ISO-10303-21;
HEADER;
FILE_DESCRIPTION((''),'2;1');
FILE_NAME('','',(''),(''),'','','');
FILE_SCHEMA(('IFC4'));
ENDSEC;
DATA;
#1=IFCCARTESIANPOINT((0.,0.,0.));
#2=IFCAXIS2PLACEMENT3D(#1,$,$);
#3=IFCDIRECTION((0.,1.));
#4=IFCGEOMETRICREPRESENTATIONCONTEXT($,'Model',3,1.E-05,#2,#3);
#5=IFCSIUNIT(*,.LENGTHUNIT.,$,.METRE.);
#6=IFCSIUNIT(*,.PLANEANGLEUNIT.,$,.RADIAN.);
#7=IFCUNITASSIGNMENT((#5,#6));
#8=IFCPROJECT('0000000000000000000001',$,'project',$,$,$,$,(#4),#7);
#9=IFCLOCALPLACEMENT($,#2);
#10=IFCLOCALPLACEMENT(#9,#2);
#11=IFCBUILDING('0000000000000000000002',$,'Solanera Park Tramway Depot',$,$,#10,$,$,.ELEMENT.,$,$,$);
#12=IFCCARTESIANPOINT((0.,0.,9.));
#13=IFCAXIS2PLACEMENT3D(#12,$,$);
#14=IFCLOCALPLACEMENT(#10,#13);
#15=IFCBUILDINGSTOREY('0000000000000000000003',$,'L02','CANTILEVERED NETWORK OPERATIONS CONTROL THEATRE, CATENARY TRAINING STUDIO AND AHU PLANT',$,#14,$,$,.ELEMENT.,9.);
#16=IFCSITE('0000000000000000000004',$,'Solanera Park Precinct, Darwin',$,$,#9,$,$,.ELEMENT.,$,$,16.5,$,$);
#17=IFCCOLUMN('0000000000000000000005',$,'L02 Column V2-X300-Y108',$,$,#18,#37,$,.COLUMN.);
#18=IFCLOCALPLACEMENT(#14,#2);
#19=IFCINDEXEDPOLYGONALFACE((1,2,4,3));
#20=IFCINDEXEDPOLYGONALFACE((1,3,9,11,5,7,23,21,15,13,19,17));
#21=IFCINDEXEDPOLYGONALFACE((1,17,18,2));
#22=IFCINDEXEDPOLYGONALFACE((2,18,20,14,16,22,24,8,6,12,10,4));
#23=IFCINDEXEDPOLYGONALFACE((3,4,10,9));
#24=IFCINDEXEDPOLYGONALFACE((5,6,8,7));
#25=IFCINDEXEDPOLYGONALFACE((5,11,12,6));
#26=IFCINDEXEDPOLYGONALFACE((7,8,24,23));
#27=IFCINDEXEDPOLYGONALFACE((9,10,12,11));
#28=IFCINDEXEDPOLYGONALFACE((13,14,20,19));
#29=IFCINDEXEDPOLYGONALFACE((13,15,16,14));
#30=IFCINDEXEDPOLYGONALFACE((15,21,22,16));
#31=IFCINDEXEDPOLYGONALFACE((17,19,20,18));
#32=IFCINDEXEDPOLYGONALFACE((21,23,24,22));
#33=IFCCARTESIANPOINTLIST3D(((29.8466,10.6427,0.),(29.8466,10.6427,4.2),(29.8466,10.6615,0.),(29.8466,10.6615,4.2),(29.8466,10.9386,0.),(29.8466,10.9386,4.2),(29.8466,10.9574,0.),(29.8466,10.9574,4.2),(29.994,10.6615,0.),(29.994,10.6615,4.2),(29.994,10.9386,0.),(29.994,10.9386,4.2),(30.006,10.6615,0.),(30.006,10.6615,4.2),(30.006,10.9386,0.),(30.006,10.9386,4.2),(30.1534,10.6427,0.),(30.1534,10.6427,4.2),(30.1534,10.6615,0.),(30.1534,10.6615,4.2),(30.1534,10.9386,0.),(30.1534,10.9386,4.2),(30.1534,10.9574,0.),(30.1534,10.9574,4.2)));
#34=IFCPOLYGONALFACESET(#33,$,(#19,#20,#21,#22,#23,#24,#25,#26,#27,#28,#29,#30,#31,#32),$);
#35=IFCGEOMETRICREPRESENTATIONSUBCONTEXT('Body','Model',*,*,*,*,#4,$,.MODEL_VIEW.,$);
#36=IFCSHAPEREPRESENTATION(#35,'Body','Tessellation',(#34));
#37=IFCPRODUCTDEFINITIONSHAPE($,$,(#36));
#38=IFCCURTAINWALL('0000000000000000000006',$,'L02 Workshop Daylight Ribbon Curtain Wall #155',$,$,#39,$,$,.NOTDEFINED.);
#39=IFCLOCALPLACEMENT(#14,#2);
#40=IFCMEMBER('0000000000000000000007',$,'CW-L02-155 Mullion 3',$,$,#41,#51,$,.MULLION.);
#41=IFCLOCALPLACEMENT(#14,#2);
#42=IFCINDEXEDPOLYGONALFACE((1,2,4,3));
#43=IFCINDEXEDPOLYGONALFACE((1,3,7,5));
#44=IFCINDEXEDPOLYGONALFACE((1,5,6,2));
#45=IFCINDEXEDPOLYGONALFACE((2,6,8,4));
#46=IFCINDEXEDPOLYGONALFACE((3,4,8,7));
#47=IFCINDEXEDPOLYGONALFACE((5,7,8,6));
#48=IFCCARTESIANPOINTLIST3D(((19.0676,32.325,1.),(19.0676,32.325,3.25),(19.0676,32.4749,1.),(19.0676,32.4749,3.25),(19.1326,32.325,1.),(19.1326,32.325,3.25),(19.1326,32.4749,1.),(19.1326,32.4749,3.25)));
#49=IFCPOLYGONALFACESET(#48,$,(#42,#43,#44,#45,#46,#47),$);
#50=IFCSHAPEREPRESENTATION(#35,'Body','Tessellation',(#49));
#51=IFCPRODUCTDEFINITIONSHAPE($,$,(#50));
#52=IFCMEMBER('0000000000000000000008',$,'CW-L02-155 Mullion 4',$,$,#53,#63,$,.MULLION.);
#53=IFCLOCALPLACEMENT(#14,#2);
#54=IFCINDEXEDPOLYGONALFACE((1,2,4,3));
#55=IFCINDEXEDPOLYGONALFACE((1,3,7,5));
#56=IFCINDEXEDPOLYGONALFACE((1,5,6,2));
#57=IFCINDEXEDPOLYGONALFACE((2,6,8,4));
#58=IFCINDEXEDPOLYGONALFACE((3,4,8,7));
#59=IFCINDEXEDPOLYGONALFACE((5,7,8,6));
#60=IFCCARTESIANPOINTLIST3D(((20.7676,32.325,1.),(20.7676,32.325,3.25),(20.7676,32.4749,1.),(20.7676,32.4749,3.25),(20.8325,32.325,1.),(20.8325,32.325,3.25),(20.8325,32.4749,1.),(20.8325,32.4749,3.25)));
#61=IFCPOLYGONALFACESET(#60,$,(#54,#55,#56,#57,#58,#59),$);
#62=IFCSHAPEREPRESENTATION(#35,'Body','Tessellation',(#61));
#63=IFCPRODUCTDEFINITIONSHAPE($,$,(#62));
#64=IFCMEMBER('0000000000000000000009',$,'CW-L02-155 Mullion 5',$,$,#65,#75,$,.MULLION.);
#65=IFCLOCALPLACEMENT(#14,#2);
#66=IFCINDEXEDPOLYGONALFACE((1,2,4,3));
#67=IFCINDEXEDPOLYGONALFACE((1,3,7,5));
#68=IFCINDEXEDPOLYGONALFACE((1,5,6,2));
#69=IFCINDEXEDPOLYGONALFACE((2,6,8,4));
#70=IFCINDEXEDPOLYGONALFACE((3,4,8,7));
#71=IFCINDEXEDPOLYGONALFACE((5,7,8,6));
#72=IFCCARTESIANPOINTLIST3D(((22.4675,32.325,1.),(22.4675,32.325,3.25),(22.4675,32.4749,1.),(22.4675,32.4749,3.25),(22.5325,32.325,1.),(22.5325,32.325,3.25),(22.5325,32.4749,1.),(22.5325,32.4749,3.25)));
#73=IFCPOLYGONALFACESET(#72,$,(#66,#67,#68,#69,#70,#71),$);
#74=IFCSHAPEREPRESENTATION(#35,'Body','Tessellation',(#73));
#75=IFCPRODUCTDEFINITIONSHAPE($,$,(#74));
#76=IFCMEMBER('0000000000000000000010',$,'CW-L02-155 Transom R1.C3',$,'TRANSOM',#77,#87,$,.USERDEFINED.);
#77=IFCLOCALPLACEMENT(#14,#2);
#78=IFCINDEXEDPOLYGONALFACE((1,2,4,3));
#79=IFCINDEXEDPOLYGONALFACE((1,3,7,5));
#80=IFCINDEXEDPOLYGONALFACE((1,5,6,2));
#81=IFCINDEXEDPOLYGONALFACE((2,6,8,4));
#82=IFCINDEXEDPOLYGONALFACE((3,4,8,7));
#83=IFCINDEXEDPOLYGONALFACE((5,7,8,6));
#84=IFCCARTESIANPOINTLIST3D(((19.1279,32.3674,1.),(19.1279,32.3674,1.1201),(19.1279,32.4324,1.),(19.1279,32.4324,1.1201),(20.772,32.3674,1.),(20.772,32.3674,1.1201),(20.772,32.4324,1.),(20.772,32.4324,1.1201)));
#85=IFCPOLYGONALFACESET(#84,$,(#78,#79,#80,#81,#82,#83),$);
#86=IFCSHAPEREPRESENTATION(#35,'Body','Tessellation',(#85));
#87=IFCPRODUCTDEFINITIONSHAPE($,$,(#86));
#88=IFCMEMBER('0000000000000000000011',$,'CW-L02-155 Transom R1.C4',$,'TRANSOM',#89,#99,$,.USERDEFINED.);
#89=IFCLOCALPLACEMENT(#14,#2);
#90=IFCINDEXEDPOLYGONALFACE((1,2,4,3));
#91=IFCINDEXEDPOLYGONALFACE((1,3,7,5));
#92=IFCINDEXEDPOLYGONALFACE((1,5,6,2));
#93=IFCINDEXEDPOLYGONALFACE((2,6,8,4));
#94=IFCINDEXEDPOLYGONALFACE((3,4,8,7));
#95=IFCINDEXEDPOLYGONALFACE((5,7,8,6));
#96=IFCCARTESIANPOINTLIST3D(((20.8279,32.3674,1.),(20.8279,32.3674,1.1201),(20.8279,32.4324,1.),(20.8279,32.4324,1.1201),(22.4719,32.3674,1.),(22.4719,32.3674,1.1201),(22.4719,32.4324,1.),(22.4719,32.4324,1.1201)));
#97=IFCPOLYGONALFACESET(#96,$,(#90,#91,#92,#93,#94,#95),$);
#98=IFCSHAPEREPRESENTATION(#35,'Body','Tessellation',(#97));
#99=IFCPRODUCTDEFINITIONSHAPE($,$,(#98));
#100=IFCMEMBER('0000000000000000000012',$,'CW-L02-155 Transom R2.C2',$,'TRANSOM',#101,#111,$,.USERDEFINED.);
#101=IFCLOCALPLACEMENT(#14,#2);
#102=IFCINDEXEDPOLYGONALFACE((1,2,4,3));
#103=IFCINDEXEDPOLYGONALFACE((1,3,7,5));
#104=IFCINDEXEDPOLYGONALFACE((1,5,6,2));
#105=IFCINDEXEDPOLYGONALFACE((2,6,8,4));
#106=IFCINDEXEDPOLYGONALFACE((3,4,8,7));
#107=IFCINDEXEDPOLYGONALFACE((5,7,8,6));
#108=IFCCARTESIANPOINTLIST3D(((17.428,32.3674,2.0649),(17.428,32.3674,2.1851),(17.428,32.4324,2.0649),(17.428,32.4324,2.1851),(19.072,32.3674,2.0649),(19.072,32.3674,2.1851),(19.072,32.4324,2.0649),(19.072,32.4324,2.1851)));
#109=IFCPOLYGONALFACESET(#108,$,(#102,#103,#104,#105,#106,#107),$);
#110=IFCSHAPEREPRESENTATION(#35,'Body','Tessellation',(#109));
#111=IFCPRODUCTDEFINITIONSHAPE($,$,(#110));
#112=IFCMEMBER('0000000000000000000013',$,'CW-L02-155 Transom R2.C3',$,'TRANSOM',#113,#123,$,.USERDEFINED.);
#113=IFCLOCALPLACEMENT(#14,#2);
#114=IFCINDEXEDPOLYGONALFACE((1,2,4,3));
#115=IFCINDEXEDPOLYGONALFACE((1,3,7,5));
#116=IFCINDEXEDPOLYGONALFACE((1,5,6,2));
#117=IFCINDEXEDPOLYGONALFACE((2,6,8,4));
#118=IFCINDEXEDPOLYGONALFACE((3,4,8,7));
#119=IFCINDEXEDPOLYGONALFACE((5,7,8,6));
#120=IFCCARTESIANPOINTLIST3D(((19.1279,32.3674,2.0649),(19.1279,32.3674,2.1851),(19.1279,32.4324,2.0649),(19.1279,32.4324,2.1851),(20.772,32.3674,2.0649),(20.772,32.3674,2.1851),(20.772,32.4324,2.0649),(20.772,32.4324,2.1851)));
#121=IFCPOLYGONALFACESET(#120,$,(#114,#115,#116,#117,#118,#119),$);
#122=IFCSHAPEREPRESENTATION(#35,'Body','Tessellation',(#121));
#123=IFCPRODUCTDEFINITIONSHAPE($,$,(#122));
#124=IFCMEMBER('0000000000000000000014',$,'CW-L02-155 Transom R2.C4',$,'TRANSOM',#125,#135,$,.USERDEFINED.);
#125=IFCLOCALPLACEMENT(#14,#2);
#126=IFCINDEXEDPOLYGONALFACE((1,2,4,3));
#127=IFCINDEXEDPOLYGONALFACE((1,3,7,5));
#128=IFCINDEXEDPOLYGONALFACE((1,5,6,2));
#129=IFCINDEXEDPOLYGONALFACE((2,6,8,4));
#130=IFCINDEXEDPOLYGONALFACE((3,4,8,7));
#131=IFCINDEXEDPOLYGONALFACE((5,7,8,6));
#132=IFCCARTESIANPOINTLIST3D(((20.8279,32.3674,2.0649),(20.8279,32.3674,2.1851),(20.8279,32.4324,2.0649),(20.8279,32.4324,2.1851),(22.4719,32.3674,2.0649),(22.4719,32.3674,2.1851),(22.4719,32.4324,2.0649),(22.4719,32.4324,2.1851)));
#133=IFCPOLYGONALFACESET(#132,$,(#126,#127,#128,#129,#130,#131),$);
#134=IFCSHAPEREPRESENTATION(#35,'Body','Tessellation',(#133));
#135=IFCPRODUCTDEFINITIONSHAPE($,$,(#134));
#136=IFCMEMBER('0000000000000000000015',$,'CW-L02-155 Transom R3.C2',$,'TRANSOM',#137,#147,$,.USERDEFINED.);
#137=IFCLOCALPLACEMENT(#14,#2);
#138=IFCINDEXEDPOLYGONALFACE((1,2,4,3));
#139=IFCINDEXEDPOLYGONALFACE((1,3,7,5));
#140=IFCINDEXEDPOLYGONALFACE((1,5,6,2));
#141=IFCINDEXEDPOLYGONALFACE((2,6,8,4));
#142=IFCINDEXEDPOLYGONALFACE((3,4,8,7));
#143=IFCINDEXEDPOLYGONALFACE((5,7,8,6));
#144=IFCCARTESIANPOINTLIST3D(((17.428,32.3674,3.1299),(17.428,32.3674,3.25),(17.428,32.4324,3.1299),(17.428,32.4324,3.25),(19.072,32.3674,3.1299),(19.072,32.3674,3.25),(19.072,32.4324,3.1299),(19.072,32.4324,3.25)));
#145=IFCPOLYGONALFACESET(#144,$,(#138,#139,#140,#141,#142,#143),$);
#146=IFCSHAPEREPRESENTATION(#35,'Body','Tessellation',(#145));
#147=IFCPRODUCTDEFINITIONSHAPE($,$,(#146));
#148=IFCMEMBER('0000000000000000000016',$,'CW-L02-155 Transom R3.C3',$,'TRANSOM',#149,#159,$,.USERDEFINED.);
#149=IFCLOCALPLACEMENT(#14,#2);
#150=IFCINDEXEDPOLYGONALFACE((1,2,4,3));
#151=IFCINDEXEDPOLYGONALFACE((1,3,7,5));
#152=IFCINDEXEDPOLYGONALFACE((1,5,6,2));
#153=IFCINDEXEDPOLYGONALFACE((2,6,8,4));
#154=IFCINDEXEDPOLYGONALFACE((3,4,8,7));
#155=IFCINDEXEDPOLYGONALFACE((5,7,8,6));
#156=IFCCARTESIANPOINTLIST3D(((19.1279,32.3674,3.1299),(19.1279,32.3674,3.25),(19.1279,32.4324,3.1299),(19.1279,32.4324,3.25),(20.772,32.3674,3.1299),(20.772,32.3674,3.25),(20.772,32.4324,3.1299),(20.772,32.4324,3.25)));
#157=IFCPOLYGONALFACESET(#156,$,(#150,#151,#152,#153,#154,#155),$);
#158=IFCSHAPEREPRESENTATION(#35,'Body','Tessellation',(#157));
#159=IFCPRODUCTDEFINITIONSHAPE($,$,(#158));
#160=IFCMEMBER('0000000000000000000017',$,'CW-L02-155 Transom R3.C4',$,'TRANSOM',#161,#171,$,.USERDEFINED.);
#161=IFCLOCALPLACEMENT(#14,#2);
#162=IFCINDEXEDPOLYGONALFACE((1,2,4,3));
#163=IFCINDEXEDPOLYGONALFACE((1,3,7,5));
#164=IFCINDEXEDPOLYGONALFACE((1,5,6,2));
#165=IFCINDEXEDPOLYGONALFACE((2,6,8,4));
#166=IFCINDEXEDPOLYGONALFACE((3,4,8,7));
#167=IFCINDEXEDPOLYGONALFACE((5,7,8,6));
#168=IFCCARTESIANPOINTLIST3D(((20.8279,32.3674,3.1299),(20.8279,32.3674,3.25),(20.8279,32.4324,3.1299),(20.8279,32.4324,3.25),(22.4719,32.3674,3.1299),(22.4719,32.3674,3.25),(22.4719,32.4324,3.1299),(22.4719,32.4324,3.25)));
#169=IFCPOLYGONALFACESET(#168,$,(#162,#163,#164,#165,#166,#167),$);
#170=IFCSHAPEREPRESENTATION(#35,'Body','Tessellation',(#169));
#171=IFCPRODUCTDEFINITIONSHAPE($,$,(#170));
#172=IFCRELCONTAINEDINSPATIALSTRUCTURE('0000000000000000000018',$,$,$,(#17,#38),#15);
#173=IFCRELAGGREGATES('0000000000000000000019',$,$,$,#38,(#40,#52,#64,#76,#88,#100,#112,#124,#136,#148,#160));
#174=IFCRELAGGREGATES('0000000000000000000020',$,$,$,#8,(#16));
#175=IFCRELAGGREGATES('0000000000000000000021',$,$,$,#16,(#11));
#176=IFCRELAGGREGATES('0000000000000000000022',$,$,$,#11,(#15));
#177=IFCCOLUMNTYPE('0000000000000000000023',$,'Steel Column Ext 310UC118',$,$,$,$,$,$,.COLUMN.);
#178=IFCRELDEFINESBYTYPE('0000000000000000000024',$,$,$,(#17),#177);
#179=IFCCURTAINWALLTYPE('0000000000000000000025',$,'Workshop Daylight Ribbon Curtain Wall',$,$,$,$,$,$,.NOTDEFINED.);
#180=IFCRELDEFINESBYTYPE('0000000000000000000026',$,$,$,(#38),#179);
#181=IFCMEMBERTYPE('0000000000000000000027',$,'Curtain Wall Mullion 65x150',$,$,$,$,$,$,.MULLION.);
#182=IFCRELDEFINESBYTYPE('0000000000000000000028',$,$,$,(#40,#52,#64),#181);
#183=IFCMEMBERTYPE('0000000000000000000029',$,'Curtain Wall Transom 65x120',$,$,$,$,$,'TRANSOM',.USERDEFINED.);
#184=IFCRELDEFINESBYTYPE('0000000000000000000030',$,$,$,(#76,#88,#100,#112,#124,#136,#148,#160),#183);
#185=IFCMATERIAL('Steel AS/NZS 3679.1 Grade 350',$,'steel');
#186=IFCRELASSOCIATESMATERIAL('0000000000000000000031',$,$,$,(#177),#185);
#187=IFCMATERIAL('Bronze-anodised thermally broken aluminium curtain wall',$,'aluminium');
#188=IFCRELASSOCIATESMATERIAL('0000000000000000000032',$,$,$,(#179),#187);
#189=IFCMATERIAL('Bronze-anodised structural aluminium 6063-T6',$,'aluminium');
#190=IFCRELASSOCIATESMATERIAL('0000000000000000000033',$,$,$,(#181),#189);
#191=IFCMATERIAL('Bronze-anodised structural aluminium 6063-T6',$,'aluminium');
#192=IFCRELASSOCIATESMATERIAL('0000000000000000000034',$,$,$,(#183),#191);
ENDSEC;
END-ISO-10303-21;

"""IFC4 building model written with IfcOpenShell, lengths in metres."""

from ifc_helpers import new_model, si_unit, direction, frame, origin, origin_2d, place, context, subcontext, project, spatial, rectangle, i_section, extrude, material, material_profile, profile_set, type_object, element, aggregate, save


model = new_model("IFC4")

# Units and contexts
model_context = context("Model", 3, precision=1e-05, world=origin(), true_north=direction((0.0, 1.0)))
body_context = subcontext(model_context, "Body", "Model", "MODEL_VIEW")
ifc_project = project(units=[si_unit("LENGTHUNIT", "METRE"), si_unit("PLANEANGLEUNIT", "RADIAN")], contexts=[model_context])

# Site, building, storey
site_placement = place(None, origin())
site = spatial("IfcSite", under=ifc_project, at=site_placement, Name="Solanera Park Precinct, Darwin", CompositionType="ELEMENT", RefElevation=16.5)
building_placement = place(site_placement, origin())
building = spatial("IfcBuilding", under=site, at=building_placement, Name="Solanera Park Tramway Depot", CompositionType="ELEMENT")
storey_placement = place(building_placement, frame((0.0, 0.0, 9.0)))
storey = spatial("IfcBuildingStorey", under=building, at=storey_placement, Name="L02", Description="CANTILEVERED NETWORK OPERATIONS CONTROL THEATRE, CATENARY TRAINING STUDIO AND AHU PLANT", CompositionType="ELEMENT", Elevation=9.0)

# Column
ifc_material_1 = material(Name="Steel AS/NZS 3679.1 Grade 350", Category="steel")
ifc_material_profile_1 = material_profile(ifc_material_1, i_section(OverallWidth=0.3069, OverallDepth=0.3147, WebThickness=0.012, FlangeThickness=0.0188, at=origin_2d()), Name="310UC118")
ifc_profile_set_1 = profile_set([ifc_material_profile_1], Name="Steel AS/NZS 3679.1 Grade 350")
column_type = type_object("IfcColumnType", Name="Steel Column Ext 310UC118", PredefinedType="COLUMN", material=ifc_profile_set_1)
column_placement = place(storey_placement, frame((30.0, 10.8, 0.0), z_axis=(0.0, 0.0, 1.0), x_axis=(1.0, 0.0, 0.0)))
element("IfcColumn", 1, at=column_placement, inside=storey, type_object=column_type, Name="L02 Column V2-X300-Y108", PredefinedType="COLUMN", context=body_context, shape_type="SweptSolid", body=[
    extrude(i_section(OverallWidth=0.3069, OverallDepth=0.3147, WebThickness=0.012, FlangeThickness=0.0188, at=origin_2d()), origin(), (0.0, 0.0, 1.0), 4.2),
])

# Curtain wall, members
ifc_material_2 = material(Name="Bronze-anodised thermally broken aluminium curtain wall", Category="aluminium")
curtain_wall_type = type_object("IfcCurtainWallType", Name="Workshop Daylight Ribbon Curtain Wall", PredefinedType="NOTDEFINED", material=ifc_material_2)
curtain_wall_placement = place(storey_placement, origin())
curtain_wall = element("IfcCurtainWall", 2, at=curtain_wall_placement, inside=storey, type_object=curtain_wall_type, Name="L02 Workshop Daylight Ribbon Curtain Wall #155", PredefinedType="NOTDEFINED")
ifc_material_3 = material(Name="Bronze-anodised structural aluminium 6063-T6", Category="aluminium")
ifc_material_profile_2 = material_profile(ifc_material_3, rectangle(XDim=0.0649, YDim=0.1499, at=origin_2d()), Name="Curtain Wall Mullion 65x150")
ifc_profile_set_2 = profile_set([ifc_material_profile_2], Name="Bronze-anodised structural aluminium 6063-T6")
member_type_1 = type_object("IfcMemberType", Name="Curtain Wall Mullion 65x150", PredefinedType="MULLION", material=ifc_profile_set_2)
member_1_placement = place(storey_placement, frame((19.1001, 32.3999, 1.0), z_axis=(0.0, 0.0, 1.0), x_axis=(1.0, 0.0, 0.0)))
member_1 = element("IfcMember", 3, at=member_1_placement, type_object=member_type_1, Name="CW-L02-155 Mullion 3", PredefinedType="MULLION", context=body_context, shape_type="SweptSolid", body=[
    extrude(rectangle(XDim=0.0649, YDim=0.1499, at=origin_2d()), origin(), (0.0, 0.0, 1.0), 2.25),
])
member_2_placement = place(storey_placement, frame((20.8, 32.3999, 1.0), z_axis=(0.0, 0.0, 1.0), x_axis=(1.0, 0.0, 0.0)))
member_2 = element("IfcMember", 4, at=member_2_placement, type_object=member_type_1, Name="CW-L02-155 Mullion 4", PredefinedType="MULLION", context=body_context, shape_type="SweptSolid", body=[
    extrude(rectangle(XDim=0.0649, YDim=0.1499, at=origin_2d()), origin(), (0.0, 0.0, 1.0), 2.25),
])
member_3_placement = place(storey_placement, frame((22.5, 32.3999, 1.0), z_axis=(0.0, 0.0, 1.0), x_axis=(1.0, 0.0, 0.0)))
member_3 = element("IfcMember", 5, at=member_3_placement, type_object=member_type_1, Name="CW-L02-155 Mullion 5", PredefinedType="MULLION", context=body_context, shape_type="SweptSolid", body=[
    extrude(rectangle(XDim=0.0649, YDim=0.1499, at=origin_2d()), origin(), (0.0, 0.0, 1.0), 2.25),
])
ifc_material_4 = material(Name="Bronze-anodised structural aluminium 6063-T6", Category="aluminium")
ifc_material_profile_3 = material_profile(ifc_material_4, rectangle(XDim=0.0649, YDim=0.1201, at=origin_2d()), Name="Curtain Wall Transom 65x120")
ifc_profile_set_3 = profile_set([ifc_material_profile_3], Name="Bronze-anodised structural aluminium 6063-T6")
member_type_2 = type_object("IfcMemberType", Name="Curtain Wall Transom 65x120", ElementType="TRANSOM", PredefinedType="USERDEFINED", material=ifc_profile_set_3)
member_4_placement = place(storey_placement, frame((19.1279, 32.3999, 1.0601), z_axis=(1.0, 0.0, 0.0), x_axis=(0.0, 1.0, 0.0)))
member_4 = element("IfcMember", 6, at=member_4_placement, type_object=member_type_2, Name="CW-L02-155 Transom R1.C3", ObjectType="TRANSOM", PredefinedType="USERDEFINED", context=body_context, shape_type="SweptSolid", body=[
    extrude(rectangle(XDim=0.0649, YDim=0.1201, at=origin_2d()), origin(), (0.0, 0.0, 1.0), 1.644),
])
member_5_placement = place(storey_placement, frame((20.8279, 32.3999, 1.0601), z_axis=(1.0, 0.0, 0.0), x_axis=(0.0, 1.0, 0.0)))
member_5 = element("IfcMember", 7, at=member_5_placement, type_object=member_type_2, Name="CW-L02-155 Transom R1.C4", ObjectType="TRANSOM", PredefinedType="USERDEFINED", context=body_context, shape_type="SweptSolid", body=[
    extrude(rectangle(XDim=0.0649, YDim=0.1201, at=origin_2d()), origin(), (0.0, 0.0, 1.0), 1.644),
])
member_6_placement = place(storey_placement, frame((17.428, 32.3999, 2.125), z_axis=(1.0, 0.0, 0.0), x_axis=(0.0, 1.0, 0.0)))
member_6 = element("IfcMember", 8, at=member_6_placement, type_object=member_type_2, Name="CW-L02-155 Transom R2.C2", ObjectType="TRANSOM", PredefinedType="USERDEFINED", context=body_context, shape_type="SweptSolid", body=[
    extrude(rectangle(XDim=0.0649, YDim=0.1201, at=origin_2d()), origin(), (0.0, 0.0, 1.0), 1.644),
])
member_7_placement = place(storey_placement, frame((19.1279, 32.3999, 2.125), z_axis=(1.0, 0.0, 0.0), x_axis=(0.0, 1.0, 0.0)))
member_7 = element("IfcMember", 9, at=member_7_placement, type_object=member_type_2, Name="CW-L02-155 Transom R2.C3", ObjectType="TRANSOM", PredefinedType="USERDEFINED", context=body_context, shape_type="SweptSolid", body=[
    extrude(rectangle(XDim=0.0649, YDim=0.1201, at=origin_2d()), origin(), (0.0, 0.0, 1.0), 1.644),
])
member_8_placement = place(storey_placement, frame((20.8279, 32.3999, 2.125), z_axis=(1.0, 0.0, 0.0), x_axis=(0.0, 1.0, 0.0)))
member_8 = element("IfcMember", 10, at=member_8_placement, type_object=member_type_2, Name="CW-L02-155 Transom R2.C4", ObjectType="TRANSOM", PredefinedType="USERDEFINED", context=body_context, shape_type="SweptSolid", body=[
    extrude(rectangle(XDim=0.0649, YDim=0.1201, at=origin_2d()), origin(), (0.0, 0.0, 1.0), 1.644),
])
member_9_placement = place(storey_placement, frame((17.428, 32.3999, 3.1899), z_axis=(1.0, 0.0, 0.0), x_axis=(0.0, 1.0, 0.0)))
member_9 = element("IfcMember", 11, at=member_9_placement, type_object=member_type_2, Name="CW-L02-155 Transom R3.C2", ObjectType="TRANSOM", PredefinedType="USERDEFINED", context=body_context, shape_type="SweptSolid", body=[
    extrude(rectangle(XDim=0.0649, YDim=0.1201, at=origin_2d()), origin(), (0.0, 0.0, 1.0), 1.644),
])
member_10_placement = place(storey_placement, frame((19.1279, 32.3999, 3.1899), z_axis=(1.0, 0.0, 0.0), x_axis=(0.0, 1.0, 0.0)))
member_10 = element("IfcMember", 12, at=member_10_placement, type_object=member_type_2, Name="CW-L02-155 Transom R3.C3", ObjectType="TRANSOM", PredefinedType="USERDEFINED", context=body_context, shape_type="SweptSolid", body=[
    extrude(rectangle(XDim=0.0649, YDim=0.1201, at=origin_2d()), origin(), (0.0, 0.0, 1.0), 1.644),
])
member_11_placement = place(storey_placement, frame((20.8279, 32.3999, 3.1899), z_axis=(1.0, 0.0, 0.0), x_axis=(0.0, 1.0, 0.0)))
member_11 = element("IfcMember", 13, at=member_11_placement, type_object=member_type_2, Name="CW-L02-155 Transom R3.C4", ObjectType="TRANSOM", PredefinedType="USERDEFINED", context=body_context, shape_type="SweptSolid", body=[
    extrude(rectangle(XDim=0.0649, YDim=0.1201, at=origin_2d()), origin(), (0.0, 0.0, 1.0), 1.644),
])

aggregate(curtain_wall, [member_1, member_2, member_3, member_4, member_5, member_6, member_7, member_8, member_9, member_10, member_11])

save(model, "model.ifc")
